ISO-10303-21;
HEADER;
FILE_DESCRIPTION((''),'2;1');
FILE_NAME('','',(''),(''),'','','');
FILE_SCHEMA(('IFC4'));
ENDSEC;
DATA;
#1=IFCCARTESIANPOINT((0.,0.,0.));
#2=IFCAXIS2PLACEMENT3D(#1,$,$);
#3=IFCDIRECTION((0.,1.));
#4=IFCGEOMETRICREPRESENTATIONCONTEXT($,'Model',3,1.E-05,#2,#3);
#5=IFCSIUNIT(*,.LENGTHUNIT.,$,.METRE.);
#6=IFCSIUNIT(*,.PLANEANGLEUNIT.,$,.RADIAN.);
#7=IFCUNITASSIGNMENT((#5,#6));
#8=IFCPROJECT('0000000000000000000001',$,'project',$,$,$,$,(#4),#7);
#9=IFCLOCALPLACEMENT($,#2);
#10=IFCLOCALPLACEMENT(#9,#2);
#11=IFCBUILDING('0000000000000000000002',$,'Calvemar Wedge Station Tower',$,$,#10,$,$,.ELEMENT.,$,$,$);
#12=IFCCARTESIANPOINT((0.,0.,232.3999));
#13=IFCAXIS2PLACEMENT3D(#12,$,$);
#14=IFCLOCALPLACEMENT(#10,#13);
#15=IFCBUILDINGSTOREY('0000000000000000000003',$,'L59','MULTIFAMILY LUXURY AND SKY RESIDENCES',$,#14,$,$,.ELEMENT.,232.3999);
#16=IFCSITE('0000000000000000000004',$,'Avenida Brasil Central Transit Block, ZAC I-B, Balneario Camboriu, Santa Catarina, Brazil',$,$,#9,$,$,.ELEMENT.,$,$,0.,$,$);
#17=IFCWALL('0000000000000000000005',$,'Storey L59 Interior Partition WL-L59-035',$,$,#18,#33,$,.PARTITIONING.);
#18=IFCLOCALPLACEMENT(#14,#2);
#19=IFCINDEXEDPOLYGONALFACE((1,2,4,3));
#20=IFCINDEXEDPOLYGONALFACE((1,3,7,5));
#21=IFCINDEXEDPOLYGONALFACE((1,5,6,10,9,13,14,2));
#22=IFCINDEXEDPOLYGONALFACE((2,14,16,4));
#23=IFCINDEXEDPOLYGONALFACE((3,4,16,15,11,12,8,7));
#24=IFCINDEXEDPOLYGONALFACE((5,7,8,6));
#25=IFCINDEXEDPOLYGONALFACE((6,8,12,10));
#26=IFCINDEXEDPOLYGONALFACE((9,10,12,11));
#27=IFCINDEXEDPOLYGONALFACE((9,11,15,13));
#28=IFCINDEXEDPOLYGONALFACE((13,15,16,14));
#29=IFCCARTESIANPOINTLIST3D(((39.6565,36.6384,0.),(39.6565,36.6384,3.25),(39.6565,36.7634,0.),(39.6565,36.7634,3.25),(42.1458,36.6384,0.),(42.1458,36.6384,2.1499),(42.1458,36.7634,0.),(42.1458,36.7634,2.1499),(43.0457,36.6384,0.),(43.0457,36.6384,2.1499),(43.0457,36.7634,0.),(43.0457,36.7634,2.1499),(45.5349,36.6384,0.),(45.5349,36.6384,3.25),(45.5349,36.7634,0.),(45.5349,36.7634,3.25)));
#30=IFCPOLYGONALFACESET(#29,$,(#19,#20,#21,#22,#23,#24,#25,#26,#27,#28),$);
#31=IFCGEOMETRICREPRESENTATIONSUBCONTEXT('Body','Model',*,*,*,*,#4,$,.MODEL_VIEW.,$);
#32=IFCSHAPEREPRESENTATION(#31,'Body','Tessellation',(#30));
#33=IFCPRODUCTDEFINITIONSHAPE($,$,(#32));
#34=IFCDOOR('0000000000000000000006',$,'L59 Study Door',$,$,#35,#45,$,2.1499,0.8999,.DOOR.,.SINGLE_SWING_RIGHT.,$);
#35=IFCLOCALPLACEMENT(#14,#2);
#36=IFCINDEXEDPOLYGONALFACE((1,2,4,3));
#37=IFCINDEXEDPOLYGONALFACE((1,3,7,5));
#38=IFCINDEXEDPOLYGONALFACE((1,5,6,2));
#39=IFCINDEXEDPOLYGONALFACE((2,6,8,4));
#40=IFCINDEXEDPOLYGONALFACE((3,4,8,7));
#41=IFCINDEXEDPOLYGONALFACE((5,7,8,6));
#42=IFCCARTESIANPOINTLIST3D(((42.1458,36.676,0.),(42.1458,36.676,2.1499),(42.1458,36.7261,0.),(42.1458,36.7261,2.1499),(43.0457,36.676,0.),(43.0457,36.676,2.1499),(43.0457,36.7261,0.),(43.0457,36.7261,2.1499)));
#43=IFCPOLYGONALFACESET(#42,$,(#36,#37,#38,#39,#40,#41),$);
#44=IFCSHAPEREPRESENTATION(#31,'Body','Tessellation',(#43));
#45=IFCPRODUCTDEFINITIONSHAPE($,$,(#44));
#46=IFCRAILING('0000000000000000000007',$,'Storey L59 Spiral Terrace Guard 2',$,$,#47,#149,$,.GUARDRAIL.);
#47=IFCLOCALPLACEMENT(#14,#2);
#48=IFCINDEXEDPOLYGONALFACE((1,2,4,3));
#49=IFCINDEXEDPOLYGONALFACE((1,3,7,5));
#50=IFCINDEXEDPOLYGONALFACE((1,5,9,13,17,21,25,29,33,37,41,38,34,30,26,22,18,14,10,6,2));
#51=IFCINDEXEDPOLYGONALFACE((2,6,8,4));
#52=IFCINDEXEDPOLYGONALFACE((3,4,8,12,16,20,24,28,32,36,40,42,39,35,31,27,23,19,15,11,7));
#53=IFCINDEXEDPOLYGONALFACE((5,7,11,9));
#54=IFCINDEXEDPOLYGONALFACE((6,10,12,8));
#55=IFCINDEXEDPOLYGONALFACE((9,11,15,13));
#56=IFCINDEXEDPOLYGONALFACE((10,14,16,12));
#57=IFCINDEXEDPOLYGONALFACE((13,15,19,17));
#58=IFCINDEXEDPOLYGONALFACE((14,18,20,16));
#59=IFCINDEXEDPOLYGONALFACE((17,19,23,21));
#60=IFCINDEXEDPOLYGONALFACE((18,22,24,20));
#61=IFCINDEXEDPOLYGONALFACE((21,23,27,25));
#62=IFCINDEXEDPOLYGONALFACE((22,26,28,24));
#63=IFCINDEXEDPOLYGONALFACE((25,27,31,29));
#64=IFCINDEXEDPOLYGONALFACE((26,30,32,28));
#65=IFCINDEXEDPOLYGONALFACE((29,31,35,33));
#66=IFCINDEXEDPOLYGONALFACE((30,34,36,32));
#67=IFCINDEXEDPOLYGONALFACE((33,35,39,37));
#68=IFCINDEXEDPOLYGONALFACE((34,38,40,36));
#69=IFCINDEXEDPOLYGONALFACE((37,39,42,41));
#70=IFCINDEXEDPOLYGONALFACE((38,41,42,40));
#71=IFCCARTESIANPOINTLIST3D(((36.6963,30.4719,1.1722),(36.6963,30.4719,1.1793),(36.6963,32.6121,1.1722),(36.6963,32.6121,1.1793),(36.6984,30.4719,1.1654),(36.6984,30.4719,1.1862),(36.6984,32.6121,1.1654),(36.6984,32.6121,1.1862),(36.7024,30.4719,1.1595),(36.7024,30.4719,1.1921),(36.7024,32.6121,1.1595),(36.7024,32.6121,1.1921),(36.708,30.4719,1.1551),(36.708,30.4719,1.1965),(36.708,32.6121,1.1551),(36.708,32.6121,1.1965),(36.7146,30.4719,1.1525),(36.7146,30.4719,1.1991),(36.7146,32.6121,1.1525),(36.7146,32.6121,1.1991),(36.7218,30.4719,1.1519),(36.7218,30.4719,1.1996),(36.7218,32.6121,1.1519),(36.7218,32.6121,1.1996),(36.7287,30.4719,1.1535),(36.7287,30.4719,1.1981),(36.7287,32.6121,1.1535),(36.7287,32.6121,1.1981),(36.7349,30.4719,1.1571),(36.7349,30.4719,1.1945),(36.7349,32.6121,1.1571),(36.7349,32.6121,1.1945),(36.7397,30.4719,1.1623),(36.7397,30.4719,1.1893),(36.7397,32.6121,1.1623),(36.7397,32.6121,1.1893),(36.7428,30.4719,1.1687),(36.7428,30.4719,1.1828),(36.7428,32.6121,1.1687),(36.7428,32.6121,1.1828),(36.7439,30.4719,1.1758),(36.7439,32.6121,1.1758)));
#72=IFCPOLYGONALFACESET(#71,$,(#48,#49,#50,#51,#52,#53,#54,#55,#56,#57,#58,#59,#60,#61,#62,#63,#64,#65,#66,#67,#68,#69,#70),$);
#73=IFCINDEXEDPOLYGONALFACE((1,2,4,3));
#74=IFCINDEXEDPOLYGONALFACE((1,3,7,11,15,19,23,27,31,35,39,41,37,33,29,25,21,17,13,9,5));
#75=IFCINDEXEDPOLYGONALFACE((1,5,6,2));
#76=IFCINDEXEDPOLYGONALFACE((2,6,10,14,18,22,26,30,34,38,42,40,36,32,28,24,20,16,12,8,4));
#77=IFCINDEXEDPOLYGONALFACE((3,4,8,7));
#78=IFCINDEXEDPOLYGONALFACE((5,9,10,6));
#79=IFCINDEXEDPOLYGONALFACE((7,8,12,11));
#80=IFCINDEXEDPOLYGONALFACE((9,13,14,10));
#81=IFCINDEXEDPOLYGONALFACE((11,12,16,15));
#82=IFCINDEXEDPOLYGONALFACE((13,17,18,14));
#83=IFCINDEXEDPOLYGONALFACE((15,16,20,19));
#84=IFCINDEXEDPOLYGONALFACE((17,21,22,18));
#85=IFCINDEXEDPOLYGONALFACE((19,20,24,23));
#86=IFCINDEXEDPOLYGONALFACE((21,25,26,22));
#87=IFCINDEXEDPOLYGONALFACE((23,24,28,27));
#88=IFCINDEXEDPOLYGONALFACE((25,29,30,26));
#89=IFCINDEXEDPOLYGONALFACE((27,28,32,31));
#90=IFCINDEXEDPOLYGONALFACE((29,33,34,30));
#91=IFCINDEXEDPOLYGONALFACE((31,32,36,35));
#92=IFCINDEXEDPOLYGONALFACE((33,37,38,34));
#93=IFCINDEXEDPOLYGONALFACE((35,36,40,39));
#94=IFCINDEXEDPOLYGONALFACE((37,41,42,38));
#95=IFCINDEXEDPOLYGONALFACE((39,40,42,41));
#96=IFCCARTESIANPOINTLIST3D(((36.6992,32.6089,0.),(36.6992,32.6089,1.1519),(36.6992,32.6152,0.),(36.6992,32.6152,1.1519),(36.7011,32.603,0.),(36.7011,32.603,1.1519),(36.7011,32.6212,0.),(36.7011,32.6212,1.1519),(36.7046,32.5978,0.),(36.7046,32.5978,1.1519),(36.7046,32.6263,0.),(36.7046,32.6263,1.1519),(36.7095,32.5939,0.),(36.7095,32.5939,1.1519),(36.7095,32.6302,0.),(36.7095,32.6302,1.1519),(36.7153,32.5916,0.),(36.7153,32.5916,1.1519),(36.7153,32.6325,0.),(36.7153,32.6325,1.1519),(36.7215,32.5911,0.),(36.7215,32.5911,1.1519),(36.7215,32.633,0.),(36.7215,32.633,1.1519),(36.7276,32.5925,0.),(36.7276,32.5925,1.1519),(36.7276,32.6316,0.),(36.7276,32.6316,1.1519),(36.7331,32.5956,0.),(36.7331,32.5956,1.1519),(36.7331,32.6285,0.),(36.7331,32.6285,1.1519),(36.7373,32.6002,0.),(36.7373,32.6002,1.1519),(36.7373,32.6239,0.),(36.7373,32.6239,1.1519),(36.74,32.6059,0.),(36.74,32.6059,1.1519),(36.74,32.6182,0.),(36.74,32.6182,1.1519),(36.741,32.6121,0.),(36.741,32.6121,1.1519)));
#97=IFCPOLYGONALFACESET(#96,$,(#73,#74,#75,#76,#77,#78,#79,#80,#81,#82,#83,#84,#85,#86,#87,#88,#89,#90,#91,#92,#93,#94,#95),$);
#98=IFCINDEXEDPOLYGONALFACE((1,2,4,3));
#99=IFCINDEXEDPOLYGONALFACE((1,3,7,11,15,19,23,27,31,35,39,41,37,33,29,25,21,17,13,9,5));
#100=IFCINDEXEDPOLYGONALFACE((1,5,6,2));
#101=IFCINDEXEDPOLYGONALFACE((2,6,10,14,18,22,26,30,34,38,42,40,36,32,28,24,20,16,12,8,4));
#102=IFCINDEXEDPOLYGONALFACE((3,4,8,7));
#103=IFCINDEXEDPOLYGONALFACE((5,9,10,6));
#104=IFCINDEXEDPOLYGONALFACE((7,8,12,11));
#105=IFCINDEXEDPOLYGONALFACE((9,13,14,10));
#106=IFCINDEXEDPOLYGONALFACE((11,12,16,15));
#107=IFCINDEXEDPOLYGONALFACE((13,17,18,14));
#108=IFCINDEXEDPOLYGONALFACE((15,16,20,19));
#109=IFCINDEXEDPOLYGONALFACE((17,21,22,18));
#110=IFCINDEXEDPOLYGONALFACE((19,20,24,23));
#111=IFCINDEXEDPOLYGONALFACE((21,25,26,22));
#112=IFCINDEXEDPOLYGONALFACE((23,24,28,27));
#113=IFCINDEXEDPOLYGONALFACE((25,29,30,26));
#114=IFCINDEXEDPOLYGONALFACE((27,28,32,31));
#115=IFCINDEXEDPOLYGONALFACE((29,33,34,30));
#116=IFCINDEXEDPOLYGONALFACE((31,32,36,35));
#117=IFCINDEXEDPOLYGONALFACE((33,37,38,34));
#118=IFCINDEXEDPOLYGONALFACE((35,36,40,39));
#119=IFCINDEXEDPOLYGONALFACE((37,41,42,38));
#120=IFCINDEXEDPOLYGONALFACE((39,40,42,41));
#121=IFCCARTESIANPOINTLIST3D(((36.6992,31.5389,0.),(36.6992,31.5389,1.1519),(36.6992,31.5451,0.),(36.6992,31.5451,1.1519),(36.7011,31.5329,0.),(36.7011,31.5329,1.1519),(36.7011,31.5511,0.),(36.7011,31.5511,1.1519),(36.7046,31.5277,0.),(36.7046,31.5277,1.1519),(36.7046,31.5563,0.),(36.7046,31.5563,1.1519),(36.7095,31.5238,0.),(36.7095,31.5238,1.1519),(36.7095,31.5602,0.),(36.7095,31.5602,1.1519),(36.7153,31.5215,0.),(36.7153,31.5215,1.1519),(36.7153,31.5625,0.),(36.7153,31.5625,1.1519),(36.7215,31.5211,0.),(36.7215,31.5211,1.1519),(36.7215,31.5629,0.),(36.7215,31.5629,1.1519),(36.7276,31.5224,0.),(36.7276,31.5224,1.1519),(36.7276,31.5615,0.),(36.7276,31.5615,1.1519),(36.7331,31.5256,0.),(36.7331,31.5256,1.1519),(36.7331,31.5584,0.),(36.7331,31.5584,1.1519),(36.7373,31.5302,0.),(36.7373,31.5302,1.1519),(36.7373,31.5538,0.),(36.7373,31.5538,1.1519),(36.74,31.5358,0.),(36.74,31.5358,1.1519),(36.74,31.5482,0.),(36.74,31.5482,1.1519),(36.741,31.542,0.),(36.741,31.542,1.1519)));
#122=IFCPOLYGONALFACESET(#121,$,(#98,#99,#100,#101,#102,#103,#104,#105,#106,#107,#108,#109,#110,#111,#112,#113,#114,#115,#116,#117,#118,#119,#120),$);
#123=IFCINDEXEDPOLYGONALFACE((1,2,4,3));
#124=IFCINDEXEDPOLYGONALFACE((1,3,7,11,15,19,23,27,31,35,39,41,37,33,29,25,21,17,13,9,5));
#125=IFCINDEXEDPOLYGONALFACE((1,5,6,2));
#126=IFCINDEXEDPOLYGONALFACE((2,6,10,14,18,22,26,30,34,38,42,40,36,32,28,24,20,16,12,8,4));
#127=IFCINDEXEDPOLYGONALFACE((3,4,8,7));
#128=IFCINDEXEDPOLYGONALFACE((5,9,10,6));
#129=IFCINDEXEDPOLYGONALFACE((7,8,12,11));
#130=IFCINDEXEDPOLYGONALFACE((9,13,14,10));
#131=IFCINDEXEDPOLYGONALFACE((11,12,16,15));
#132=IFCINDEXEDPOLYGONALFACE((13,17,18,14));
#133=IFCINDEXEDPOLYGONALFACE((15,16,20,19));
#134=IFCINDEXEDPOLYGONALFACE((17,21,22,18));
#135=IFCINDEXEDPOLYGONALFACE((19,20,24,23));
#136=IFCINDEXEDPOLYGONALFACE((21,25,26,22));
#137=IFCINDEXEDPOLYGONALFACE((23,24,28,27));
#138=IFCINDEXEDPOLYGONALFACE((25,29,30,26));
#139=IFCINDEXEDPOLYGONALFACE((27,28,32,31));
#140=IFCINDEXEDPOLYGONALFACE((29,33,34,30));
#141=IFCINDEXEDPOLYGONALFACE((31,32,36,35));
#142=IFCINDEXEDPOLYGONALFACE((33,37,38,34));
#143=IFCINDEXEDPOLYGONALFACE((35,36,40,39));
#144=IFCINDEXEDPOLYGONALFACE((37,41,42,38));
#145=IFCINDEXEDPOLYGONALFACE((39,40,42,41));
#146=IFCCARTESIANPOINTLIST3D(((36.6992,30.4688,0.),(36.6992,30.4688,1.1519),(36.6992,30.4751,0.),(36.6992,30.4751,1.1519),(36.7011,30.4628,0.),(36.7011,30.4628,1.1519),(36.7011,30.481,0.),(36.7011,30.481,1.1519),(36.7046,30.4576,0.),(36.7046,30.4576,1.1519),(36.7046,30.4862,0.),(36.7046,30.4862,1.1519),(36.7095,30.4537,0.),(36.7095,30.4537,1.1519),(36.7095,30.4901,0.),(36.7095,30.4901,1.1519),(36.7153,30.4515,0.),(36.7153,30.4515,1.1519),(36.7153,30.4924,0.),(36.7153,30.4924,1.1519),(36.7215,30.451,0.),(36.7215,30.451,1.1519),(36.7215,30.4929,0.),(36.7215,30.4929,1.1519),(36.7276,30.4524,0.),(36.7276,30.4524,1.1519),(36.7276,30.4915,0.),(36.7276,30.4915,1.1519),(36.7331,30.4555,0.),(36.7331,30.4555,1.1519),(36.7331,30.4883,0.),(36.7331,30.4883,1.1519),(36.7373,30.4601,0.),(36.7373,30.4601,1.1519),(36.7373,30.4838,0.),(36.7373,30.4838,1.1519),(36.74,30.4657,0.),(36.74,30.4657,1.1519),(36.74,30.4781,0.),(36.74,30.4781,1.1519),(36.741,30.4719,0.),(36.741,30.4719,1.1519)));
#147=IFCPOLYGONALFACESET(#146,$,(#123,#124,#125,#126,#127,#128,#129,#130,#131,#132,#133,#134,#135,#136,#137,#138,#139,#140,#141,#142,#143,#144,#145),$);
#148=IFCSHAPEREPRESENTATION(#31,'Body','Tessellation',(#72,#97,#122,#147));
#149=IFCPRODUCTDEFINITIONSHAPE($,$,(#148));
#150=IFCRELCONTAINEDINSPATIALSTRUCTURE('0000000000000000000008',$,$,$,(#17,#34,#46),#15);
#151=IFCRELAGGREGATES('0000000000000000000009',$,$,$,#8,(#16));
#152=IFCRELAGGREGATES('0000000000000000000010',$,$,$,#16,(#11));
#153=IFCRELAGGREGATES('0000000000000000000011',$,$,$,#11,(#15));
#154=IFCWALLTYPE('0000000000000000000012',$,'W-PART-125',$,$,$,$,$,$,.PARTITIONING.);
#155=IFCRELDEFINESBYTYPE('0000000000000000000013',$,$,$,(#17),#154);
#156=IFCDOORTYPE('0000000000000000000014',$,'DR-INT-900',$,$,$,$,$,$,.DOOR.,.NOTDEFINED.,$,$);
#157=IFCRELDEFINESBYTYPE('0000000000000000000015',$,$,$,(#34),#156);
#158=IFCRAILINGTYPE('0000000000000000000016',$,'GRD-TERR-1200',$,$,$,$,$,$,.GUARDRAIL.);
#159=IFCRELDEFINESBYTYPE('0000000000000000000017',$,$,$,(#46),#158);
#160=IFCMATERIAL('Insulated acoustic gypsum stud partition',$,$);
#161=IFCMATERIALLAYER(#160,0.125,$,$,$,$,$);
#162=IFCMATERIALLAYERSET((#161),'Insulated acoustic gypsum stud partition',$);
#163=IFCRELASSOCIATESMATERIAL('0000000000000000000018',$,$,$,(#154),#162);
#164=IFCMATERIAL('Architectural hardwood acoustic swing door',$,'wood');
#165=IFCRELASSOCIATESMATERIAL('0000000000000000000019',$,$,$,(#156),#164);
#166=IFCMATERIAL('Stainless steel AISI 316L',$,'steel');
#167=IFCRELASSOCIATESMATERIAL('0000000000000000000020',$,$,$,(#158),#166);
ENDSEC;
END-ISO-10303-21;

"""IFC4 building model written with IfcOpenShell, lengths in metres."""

from ifc_helpers import new_model, si_unit, direction, frame, frame_2d, origin, origin_2d, place, context, subcontext, project, spatial, rectangle, circle, extrude, source, transform, mapped, material, layer, layer_set, type_object, element, fill, save


model = new_model("IFC4")

# Units and contexts
model_context = context("Model", 3, precision=1e-05, world=origin(), true_north=direction((0.0, 1.0)))
body_context = subcontext(model_context, "Body", "Model", "MODEL_VIEW")
ifc_project = project(units=[si_unit("LENGTHUNIT", "METRE"), si_unit("PLANEANGLEUNIT", "RADIAN")], contexts=[model_context])

# Site, building, storey
site_placement = place(None, origin())
site = spatial("IfcSite", under=ifc_project, at=site_placement, Name="Avenida Brasil Central Transit Block, ZAC I-B, Balneario Camboriu, Santa Catarina, Brazil", CompositionType="ELEMENT", RefElevation=0.0)
building_placement = place(site_placement, origin())
building = spatial("IfcBuilding", under=site, at=building_placement, Name="Calvemar Wedge Station Tower", CompositionType="ELEMENT")
storey_placement = place(building_placement, frame((0.0, 0.0, 232.3999)))
storey = spatial("IfcBuildingStorey", under=building, at=storey_placement, Name="L59", Description="MULTIFAMILY LUXURY AND SKY RESIDENCES", CompositionType="ELEMENT", Elevation=232.3999)

# Shared definitions
ifc_material_1 = material(Name="Insulated acoustic gypsum stud partition")
ifc_layer_1 = layer(ifc_material_1, 0.125)
ifc_layer_set_1 = layer_set([ifc_layer_1], Name="Insulated acoustic gypsum stud partition")
wall_type_1 = type_object("IfcWallType", Name="W-PART-125", PredefinedType="PARTITIONING", material=ifc_layer_set_1)

# Wall, opening, door
wall_1_placement = place(storey_placement, frame((45.5349, 36.7009, 0.0), z_axis=(0.0, 0.0, 1.0), x_axis=(-1.0, 0.0, 0.0)))
wall_1 = element("IfcWall", 1, at=wall_1_placement, inside=storey, type_object=wall_type_1, Name="Storey L59 Interior Partition WL-L59-035", PredefinedType="PARTITIONING", context=body_context, shape_type="SweptSolid", body=[
    extrude(rectangle(XDim=5.8784, YDim=0.125, at=frame_2d((2.9392, 0.0))), origin(), (0.0, 0.0, 1.0), 3.25),
])
shared_shape_1 = source(origin(), body_context, "Body", "SweptSolid", [
    extrude(rectangle(XDim=0.8999, YDim=2.1499, at=frame_2d((0.45, 1.075))), frame((0.0, 0.0725, 0.0), z_axis=(0.0, -1.0, 0.0), x_axis=(1.0, 0.0, 0.0)), (0.0, 0.0, 1.0), 0.145),
])
opening_1_placement = place(wall_1_placement, frame((2.4893, 0.0, 0.0)))
opening_1 = element("IfcOpeningElement", 2, at=opening_1_placement, cuts=wall_1, PredefinedType="OPENING", context=body_context, shape_type="MappedRepresentation", body=[
    mapped(shared_shape_1, transform((0.0, 0.0, 0.0), scale=1.0)),
])
ifc_material_2 = material(Name="Architectural hardwood acoustic swing door", Category="wood")
door_type_1 = type_object("IfcDoorType", Name="DR-INT-900", OperationType="NOTDEFINED", PredefinedType="DOOR", material=ifc_material_2)
shared_shape_2 = source(origin(), body_context, "Body", "SweptSolid", [
    extrude(rectangle(XDim=0.8999, YDim=2.1499, at=frame_2d((0.45, 1.075))), frame((0.0, 0.0249, 0.0), z_axis=(0.0, -1.0, 0.0), x_axis=(1.0, 0.0, 0.0)), (0.0, 0.0, 1.0), 0.05),
])
door_1_placement = place(opening_1_placement, origin())
door_1 = element("IfcDoor", 3, at=door_1_placement, inside=storey, type_object=door_type_1, Name="L59 Study Door", OperationType="SINGLE_SWING_RIGHT", OverallHeight=2.1499, OverallWidth=0.8999, PredefinedType="DOOR", context=body_context, shape_type="MappedRepresentation", body=[
    mapped(shared_shape_2, transform((0.0, 0.0, 0.0), scale=1.0)),
])
fill(opening_1, door_1)

# Railing
ifc_material_3 = material(Name="Stainless steel AISI 316L", Category="steel")
railing_type = type_object("IfcRailingType", Name="GRD-TERR-1200", PredefinedType="GUARDRAIL", material=ifc_material_3)
railing_1_placement = place(storey_placement, frame((36.72, 32.6121, 0.0)))
element("IfcRailing", 4, at=railing_1_placement, inside=storey, type_object=railing_type, Name="Storey L59 Spiral Terrace Guard 2", PredefinedType="GUARDRAIL", context=body_context, shape_type="SweptSolid", body=[
    extrude(circle(Radius=0.0239, at=origin_2d()), frame((0.0, 0.0, 1.1758), z_axis=(0.0, -1.0, 0.0), x_axis=(1.0, 0.0, 0.0)), (0.0, 0.0, 1.0), 2.1401),
    extrude(circle(Radius=0.021, at=origin_2d()), origin(), (0.0, 0.0, 1.0), 1.1519),
    extrude(circle(Radius=0.021, at=origin_2d()), frame((0.0, -1.0701, 0.0)), (0.0, 0.0, 1.0), 1.1519),
    extrude(circle(Radius=0.021, at=origin_2d()), frame((0.0, -2.1401, 0.0)), (0.0, 0.0, 1.0), 1.1519),
])

save(model, "model.ifc")
